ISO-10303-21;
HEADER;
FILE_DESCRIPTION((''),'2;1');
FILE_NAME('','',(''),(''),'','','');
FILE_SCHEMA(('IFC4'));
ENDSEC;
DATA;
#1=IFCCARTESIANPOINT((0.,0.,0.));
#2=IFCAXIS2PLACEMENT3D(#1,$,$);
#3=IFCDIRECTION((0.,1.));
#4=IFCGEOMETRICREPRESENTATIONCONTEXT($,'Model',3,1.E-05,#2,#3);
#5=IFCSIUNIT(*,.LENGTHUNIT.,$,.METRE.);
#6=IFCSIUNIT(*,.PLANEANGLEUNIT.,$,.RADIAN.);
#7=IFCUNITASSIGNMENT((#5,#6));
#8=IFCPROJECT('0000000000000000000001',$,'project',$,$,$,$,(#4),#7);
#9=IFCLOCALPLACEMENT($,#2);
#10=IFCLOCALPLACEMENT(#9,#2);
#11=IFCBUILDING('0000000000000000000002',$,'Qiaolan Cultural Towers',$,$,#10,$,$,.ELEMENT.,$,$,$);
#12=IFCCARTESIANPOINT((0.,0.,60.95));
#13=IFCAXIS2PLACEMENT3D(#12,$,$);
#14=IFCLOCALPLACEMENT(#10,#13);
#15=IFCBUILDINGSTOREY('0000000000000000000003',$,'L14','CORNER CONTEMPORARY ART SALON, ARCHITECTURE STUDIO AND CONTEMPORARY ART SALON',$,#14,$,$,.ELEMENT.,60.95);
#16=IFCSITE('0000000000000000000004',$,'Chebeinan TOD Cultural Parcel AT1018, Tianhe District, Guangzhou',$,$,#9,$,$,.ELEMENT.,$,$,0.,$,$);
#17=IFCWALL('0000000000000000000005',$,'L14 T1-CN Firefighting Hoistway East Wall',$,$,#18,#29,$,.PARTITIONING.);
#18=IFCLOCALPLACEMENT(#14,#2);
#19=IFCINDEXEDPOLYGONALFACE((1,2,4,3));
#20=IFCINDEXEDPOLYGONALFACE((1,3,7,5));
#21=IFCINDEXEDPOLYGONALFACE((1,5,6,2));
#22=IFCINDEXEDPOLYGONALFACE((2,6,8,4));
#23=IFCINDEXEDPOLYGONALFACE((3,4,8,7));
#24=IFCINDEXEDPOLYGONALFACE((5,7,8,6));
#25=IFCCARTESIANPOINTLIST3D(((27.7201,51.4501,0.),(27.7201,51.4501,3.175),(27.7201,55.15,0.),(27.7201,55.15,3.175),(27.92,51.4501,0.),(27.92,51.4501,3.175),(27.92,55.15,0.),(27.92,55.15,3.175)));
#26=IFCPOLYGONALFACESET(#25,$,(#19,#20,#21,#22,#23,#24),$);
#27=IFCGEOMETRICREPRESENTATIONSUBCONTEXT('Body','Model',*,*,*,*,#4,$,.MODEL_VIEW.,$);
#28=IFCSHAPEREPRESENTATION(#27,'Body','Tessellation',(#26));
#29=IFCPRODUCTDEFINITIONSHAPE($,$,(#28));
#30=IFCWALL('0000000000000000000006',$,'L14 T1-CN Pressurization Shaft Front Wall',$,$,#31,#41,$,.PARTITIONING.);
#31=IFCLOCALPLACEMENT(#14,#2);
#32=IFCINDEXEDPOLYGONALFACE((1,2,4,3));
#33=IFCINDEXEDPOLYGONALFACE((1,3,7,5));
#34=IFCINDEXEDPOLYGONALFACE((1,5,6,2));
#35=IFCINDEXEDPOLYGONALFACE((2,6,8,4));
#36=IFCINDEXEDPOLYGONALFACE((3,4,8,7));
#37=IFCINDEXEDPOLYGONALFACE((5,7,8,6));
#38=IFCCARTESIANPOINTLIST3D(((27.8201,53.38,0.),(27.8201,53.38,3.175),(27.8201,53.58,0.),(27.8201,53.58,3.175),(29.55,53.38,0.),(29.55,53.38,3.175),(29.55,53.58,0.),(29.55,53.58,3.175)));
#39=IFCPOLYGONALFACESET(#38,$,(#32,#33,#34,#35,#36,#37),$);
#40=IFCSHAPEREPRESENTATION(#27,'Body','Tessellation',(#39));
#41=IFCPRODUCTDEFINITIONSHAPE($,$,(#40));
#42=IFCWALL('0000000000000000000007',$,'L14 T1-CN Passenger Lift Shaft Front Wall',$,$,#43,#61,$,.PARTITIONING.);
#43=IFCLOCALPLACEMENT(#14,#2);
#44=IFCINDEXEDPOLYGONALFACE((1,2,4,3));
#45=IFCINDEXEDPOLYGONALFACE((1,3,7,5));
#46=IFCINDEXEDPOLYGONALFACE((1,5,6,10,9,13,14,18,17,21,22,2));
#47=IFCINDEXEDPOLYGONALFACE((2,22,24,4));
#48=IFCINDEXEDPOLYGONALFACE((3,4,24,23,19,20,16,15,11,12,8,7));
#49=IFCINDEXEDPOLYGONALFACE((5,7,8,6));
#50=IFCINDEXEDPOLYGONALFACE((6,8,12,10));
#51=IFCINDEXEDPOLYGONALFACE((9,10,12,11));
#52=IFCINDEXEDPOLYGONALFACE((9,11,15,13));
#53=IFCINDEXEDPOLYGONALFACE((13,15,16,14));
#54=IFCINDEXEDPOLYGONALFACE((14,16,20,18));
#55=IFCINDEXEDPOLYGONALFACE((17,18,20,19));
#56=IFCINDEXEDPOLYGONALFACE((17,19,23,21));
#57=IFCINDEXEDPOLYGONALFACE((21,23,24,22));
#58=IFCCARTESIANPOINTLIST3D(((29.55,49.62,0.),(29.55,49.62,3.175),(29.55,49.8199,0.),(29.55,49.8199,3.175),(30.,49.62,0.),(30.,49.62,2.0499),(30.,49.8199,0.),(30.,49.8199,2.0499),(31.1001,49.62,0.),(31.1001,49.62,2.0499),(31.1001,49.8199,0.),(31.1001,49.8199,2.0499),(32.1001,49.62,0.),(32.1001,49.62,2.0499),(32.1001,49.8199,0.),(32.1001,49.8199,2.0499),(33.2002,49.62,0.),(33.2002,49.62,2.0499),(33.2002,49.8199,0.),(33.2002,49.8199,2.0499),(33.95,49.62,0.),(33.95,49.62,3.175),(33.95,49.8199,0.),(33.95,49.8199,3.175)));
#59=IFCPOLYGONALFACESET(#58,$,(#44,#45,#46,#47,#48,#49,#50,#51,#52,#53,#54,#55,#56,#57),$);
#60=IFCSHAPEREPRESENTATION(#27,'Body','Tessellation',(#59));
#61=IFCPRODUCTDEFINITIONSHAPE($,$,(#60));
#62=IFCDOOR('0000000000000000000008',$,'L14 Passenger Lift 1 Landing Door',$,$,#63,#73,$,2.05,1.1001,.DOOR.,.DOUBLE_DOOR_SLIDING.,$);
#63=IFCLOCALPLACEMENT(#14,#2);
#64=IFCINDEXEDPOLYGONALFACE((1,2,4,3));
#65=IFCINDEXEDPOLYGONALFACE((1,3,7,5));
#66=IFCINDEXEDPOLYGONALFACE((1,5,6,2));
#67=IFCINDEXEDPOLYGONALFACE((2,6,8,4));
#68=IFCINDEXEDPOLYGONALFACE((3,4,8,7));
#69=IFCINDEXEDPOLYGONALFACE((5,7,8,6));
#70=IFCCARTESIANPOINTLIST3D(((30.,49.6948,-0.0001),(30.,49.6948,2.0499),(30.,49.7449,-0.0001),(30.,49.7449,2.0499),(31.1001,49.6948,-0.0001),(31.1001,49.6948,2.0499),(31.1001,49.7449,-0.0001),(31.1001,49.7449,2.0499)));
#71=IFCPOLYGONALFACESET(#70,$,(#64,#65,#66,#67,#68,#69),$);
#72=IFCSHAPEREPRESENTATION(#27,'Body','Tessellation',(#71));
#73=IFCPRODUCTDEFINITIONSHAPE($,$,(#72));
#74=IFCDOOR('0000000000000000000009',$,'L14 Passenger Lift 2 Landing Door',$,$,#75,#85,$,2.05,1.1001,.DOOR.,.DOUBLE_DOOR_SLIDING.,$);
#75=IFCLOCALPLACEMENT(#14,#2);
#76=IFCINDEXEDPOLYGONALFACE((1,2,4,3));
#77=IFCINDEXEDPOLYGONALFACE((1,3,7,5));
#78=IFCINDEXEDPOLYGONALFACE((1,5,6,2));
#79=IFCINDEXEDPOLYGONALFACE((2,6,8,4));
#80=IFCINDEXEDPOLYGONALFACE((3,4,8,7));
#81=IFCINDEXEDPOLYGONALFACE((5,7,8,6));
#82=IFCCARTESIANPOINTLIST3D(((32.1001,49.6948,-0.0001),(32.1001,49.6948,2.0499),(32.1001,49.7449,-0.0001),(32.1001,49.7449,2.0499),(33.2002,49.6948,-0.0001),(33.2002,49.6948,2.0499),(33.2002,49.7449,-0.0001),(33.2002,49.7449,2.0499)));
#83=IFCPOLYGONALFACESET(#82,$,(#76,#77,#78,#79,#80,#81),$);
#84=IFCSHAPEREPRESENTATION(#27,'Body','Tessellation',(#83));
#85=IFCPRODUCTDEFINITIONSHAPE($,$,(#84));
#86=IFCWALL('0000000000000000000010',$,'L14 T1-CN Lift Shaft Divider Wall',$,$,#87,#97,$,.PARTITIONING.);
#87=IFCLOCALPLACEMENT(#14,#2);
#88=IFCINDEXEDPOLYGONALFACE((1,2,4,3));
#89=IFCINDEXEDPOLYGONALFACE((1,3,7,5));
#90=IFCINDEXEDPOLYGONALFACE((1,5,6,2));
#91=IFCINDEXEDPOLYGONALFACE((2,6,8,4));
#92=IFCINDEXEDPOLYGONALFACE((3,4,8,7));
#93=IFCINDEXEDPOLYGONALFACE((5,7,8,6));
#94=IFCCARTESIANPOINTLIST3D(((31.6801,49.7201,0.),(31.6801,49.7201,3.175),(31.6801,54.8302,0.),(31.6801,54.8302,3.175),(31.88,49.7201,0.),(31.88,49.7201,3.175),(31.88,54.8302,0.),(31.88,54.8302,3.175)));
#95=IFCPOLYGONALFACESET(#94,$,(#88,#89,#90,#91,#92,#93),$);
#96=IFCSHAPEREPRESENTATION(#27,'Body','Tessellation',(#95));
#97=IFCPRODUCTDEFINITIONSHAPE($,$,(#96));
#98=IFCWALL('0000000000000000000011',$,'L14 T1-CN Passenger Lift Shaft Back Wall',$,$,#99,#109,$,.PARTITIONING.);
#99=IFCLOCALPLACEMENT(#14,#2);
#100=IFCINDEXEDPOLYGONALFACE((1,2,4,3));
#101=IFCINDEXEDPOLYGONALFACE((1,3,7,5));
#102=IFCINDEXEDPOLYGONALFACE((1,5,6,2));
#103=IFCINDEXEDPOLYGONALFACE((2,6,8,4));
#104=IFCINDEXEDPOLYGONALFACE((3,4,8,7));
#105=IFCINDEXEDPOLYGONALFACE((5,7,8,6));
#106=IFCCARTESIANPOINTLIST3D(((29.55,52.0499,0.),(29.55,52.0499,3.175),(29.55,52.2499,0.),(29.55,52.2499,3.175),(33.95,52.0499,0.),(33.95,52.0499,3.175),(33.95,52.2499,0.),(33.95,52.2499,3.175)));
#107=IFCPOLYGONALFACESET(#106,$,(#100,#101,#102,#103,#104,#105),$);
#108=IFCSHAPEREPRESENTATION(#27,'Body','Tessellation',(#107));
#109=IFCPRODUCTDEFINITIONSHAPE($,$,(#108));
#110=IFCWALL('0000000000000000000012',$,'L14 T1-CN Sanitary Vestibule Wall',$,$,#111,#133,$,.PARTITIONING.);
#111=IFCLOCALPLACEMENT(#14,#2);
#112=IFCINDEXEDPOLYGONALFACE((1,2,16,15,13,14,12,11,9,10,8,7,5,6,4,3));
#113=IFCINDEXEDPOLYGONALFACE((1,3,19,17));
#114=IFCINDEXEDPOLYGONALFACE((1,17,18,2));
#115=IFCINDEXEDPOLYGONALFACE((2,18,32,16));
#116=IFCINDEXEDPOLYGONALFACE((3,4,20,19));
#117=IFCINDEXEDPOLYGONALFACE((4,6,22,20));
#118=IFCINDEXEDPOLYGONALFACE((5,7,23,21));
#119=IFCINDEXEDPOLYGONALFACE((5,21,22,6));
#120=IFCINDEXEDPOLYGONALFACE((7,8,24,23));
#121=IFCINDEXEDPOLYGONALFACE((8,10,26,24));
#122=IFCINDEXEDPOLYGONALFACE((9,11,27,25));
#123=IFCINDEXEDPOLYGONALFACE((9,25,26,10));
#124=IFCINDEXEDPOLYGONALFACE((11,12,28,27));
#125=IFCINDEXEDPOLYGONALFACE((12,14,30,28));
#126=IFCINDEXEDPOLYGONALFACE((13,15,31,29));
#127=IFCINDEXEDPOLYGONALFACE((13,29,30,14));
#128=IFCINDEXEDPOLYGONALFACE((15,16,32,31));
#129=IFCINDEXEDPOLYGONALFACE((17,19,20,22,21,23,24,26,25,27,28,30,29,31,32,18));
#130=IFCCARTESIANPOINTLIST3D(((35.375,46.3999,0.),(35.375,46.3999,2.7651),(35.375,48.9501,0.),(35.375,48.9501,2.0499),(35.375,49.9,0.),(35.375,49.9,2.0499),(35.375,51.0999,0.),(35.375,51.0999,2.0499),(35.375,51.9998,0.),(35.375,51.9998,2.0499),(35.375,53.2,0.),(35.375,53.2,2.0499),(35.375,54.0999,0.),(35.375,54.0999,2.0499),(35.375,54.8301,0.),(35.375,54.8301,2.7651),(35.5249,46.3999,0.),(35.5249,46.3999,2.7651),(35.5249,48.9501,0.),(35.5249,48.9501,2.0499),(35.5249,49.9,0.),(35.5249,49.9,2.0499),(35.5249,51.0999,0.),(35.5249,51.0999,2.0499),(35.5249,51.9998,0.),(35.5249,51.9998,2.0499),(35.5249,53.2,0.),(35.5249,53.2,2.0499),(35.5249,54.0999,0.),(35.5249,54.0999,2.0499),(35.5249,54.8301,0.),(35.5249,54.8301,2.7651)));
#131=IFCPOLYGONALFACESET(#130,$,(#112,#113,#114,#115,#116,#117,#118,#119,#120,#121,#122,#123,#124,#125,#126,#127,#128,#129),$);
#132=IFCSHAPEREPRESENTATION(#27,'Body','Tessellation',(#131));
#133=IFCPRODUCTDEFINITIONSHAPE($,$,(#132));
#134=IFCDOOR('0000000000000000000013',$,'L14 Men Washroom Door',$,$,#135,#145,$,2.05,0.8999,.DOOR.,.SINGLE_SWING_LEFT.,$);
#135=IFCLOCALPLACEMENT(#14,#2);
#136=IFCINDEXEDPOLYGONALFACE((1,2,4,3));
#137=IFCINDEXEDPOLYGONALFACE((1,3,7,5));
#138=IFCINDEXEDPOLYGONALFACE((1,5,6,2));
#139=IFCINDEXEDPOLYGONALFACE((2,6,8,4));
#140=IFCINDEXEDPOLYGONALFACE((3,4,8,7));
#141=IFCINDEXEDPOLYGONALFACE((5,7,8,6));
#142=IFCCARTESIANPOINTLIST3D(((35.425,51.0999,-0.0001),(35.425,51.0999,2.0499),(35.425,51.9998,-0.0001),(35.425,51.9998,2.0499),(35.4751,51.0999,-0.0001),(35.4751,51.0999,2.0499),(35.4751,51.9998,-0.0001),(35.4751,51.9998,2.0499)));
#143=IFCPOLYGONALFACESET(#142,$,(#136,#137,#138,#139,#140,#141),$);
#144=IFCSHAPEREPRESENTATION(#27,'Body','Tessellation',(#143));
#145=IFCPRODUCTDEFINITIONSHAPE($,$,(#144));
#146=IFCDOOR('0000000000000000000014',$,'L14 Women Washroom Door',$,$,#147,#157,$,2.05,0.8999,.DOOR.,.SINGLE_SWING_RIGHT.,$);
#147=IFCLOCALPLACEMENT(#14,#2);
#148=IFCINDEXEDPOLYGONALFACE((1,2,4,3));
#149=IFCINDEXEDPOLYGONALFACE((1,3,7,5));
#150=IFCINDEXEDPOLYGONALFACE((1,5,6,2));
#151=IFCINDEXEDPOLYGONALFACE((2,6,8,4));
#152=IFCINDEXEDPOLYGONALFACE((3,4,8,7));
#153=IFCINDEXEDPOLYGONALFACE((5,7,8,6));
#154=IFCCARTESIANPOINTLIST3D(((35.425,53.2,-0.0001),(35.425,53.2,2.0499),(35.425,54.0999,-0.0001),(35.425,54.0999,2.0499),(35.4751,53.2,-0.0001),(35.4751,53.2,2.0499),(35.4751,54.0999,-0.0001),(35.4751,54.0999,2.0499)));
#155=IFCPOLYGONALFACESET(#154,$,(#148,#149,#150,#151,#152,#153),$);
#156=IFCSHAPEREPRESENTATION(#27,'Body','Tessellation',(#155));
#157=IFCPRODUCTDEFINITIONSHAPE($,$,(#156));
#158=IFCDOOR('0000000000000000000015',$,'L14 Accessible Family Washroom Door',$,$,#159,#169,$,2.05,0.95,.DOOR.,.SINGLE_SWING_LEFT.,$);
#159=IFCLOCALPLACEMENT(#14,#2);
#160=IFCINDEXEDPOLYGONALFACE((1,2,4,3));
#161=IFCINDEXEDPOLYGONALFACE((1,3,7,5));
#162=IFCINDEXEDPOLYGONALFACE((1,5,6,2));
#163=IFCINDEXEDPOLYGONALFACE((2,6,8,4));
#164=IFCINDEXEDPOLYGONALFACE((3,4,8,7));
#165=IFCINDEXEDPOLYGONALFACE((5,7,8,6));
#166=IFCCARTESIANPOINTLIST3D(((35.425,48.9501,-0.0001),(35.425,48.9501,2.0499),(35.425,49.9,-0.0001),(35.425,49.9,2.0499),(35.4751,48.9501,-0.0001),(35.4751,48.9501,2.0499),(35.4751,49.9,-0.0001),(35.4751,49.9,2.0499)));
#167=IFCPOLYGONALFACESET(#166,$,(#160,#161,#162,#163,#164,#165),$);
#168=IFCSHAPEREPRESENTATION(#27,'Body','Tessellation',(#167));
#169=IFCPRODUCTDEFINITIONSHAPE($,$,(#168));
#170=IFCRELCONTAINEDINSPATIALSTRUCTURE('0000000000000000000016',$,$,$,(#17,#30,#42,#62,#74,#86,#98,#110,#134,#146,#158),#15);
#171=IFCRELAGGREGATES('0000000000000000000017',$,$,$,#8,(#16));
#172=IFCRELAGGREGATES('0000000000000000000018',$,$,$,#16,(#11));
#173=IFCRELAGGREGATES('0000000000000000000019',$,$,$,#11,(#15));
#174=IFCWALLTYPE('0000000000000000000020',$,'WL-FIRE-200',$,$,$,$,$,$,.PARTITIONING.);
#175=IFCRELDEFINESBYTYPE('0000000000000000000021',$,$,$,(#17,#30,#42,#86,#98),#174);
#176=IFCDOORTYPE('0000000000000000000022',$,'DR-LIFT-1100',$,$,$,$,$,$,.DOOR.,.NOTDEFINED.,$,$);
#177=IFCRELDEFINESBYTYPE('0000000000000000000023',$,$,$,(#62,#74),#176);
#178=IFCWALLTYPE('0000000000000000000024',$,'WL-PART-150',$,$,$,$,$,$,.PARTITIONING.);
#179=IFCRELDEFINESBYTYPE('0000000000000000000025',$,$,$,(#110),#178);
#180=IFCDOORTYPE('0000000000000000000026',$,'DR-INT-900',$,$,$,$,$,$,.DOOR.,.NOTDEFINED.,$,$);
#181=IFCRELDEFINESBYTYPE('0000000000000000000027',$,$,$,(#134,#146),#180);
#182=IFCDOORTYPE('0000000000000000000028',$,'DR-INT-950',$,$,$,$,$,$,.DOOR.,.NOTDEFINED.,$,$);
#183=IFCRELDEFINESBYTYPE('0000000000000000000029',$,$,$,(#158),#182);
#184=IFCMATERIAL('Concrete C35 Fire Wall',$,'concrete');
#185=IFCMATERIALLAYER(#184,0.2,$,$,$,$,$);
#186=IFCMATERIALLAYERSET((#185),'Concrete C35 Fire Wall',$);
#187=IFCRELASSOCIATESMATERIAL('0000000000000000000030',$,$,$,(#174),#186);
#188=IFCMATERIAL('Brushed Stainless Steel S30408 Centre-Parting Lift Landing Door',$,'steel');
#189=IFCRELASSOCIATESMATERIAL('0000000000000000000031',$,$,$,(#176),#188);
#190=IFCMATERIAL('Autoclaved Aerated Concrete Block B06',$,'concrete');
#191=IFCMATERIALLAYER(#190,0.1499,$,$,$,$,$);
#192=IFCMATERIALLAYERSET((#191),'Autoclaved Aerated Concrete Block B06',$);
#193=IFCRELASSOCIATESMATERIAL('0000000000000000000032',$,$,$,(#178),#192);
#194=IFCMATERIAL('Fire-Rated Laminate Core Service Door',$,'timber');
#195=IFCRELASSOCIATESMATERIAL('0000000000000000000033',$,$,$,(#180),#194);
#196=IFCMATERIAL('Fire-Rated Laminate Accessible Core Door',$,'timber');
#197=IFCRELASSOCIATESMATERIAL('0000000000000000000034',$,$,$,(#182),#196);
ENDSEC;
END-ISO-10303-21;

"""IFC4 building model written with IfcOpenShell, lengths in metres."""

from ifc_helpers import new_model, si_unit, direction, frame, frame_2d, origin, place, context, subcontext, project, spatial, rectangle, extrude, material, layer, layer_set, type_object, element, fill, save


model = new_model("IFC4")

# Units and contexts
model_context = context("Model", 3, precision=1e-05, world=origin(), true_north=direction((0.0, 1.0)))
body_context = subcontext(model_context, "Body", "Model", "MODEL_VIEW")
ifc_project = project(units=[si_unit("LENGTHUNIT", "METRE"), si_unit("PLANEANGLEUNIT", "RADIAN")], contexts=[model_context])

# Site, building, storey
site_placement = place(None, origin())
site = spatial("IfcSite", under=ifc_project, at=site_placement, Name="Chebeinan TOD Cultural Parcel AT1018, Tianhe District, Guangzhou", CompositionType="ELEMENT", RefElevation=0.0)
building_placement = place(site_placement, origin())
building = spatial("IfcBuilding", under=site, at=building_placement, Name="Qiaolan Cultural Towers", CompositionType="ELEMENT")
storey_placement = place(building_placement, frame((0.0, 0.0, 60.95)))
storey = spatial("IfcBuildingStorey", under=building, at=storey_placement, Name="L14", Description="CORNER CONTEMPORARY ART SALON, ARCHITECTURE STUDIO AND CONTEMPORARY ART SALON", CompositionType="ELEMENT", Elevation=60.95)

# Shared definitions
ifc_material_1 = material(Name="Concrete C35 Fire Wall", Category="concrete")
ifc_layer_1 = layer(ifc_material_1, 0.2)
ifc_layer_set_1 = layer_set([ifc_layer_1], Name="Concrete C35 Fire Wall")
wall_type_1 = type_object("IfcWallType", Name="WL-FIRE-200", PredefinedType="PARTITIONING", material=ifc_layer_set_1)
ifc_material_2 = material(Name="Brushed Stainless Steel S30408 Centre-Parting Lift Landing Door", Category="steel")
door_type_1 = type_object("IfcDoorType", Name="DR-LIFT-1100", OperationType="NOTDEFINED", PredefinedType="DOOR", material=ifc_material_2)

# Walls
wall_1_placement = place(storey_placement, frame((27.8201, 51.45, 0.0), z_axis=(0.0, 0.0, 1.0), x_axis=(0.0, 1.0, 0.0)))
element("IfcWall", 1, at=wall_1_placement, inside=storey, type_object=wall_type_1, Name="L14 T1-CN Firefighting Hoistway East Wall", PredefinedType="PARTITIONING", context=body_context, shape_type="SweptSolid", body=[
    extrude(rectangle(XDim=3.7, YDim=0.2, at=frame_2d((1.8501, 0.0))), origin(), (0.0, 0.0, 1.0), 3.175),
])
wall_2_placement = place(storey_placement, frame((27.8201, 53.48, 0.0), z_axis=(0.0, 0.0, 1.0), x_axis=(1.0, 0.0, 0.0)))
element("IfcWall", 2, at=wall_2_placement, inside=storey, type_object=wall_type_1, Name="L14 T1-CN Pressurization Shaft Front Wall", PredefinedType="PARTITIONING", context=body_context, shape_type="SweptSolid", body=[
    extrude(rectangle(XDim=1.73, YDim=0.2, at=frame_2d((0.865, 0.0))), origin(), (0.0, 0.0, 1.0), 3.175),
])

# Wall, openings, doors
wall_3_placement = place(storey_placement, frame((29.55, 49.72, 0.0), z_axis=(0.0, 0.0, 1.0), x_axis=(1.0, 0.0, 0.0)))
wall_3 = element("IfcWall", 3, at=wall_3_placement, inside=storey, type_object=wall_type_1, Name="L14 T1-CN Passenger Lift Shaft Front Wall", PredefinedType="PARTITIONING", context=body_context, shape_type="SweptSolid", body=[
    extrude(rectangle(XDim=4.3999, YDim=0.2, at=frame_2d((2.2, 0.0))), origin(), (0.0, 0.0, 1.0), 3.175),
])
opening_1_placement = place(wall_3_placement, frame((0.45, 0.0, 0.0)))
opening_1 = element("IfcOpeningElement", 4, at=opening_1_placement, cuts=wall_3, PredefinedType="OPENING", context=body_context, shape_type="SweptSolid", body=[
    extrude(rectangle(XDim=1.1001, YDim=2.05, at=frame_2d((0.55, 1.0249))), frame((0.0, 0.1099, 0.0), z_axis=(0.0, -1.0, 0.0), x_axis=(1.0, 0.0, 0.0)), (0.0, 0.0, 1.0), 0.22),
])
opening_2_placement = place(wall_3_placement, frame((2.55, 0.0, 0.0)))
opening_2 = element("IfcOpeningElement", 5, at=opening_2_placement, cuts=wall_3, PredefinedType="OPENING", context=body_context, shape_type="SweptSolid", body=[
    extrude(rectangle(XDim=1.1001, YDim=2.05, at=frame_2d((0.55, 1.0249))), frame((0.0, 0.1099, 0.0), z_axis=(0.0, -1.0, 0.0), x_axis=(1.0, 0.0, 0.0)), (0.0, 0.0, 1.0), 0.22),
])
door_1_placement = place(opening_1_placement, origin())
door_1 = element("IfcDoor", 6, at=door_1_placement, inside=storey, type_object=door_type_1, Name="L14 Passenger Lift 1 Landing Door", OperationType="DOUBLE_DOOR_SLIDING", OverallHeight=2.05, OverallWidth=1.1001, PredefinedType="DOOR", context=body_context, shape_type="SweptSolid", body=[
    extrude(rectangle(XDim=1.1001, YDim=2.05, at=frame_2d((0.55, 1.0249))), frame((0.0, 0.0249, 0.0), z_axis=(0.0, -1.0, 0.0), x_axis=(1.0, 0.0, 0.0)), (0.0, 0.0, 1.0), 0.05),
])
fill(opening_1, door_1)
door_2_placement = place(opening_2_placement, origin())
door_2 = element("IfcDoor", 7, at=door_2_placement, inside=storey, type_object=door_type_1, Name="L14 Passenger Lift 2 Landing Door", OperationType="DOUBLE_DOOR_SLIDING", OverallHeight=2.05, OverallWidth=1.1001, PredefinedType="DOOR", context=body_context, shape_type="SweptSolid", body=[
    extrude(rectangle(XDim=1.1001, YDim=2.05, at=frame_2d((0.55, 1.0249))), frame((0.0, 0.0249, 0.0), z_axis=(0.0, -1.0, 0.0), x_axis=(1.0, 0.0, 0.0)), (0.0, 0.0, 1.0), 0.05),
])
fill(opening_2, door_2)

# Walls
wall_4_placement = place(storey_placement, frame((31.78, 49.72, 0.0), z_axis=(0.0, 0.0, 1.0), x_axis=(0.0, 1.0, 0.0)))
element("IfcWall", 8, at=wall_4_placement, inside=storey, type_object=wall_type_1, Name="L14 T1-CN Lift Shaft Divider Wall", PredefinedType="PARTITIONING", context=body_context, shape_type="SweptSolid", body=[
    extrude(rectangle(XDim=5.1101, YDim=0.2, at=frame_2d((2.5552, 0.0))), origin(), (0.0, 0.0, 1.0), 3.175),
])
wall_5_placement = place(storey_placement, frame((29.55, 52.1499, 0.0), z_axis=(0.0, 0.0, 1.0), x_axis=(1.0, 0.0, 0.0)))
element("IfcWall", 9, at=wall_5_placement, inside=storey, type_object=wall_type_1, Name="L14 T1-CN Passenger Lift Shaft Back Wall", PredefinedType="PARTITIONING", context=body_context, shape_type="SweptSolid", body=[
    extrude(rectangle(XDim=4.3999, YDim=0.2, at=frame_2d((2.2, 0.0))), origin(), (0.0, 0.0, 1.0), 3.175),
])

# Wall, openings, doors
ifc_material_3 = material(Name="Autoclaved Aerated Concrete Block B06", Category="concrete")
ifc_layer_2 = layer(ifc_material_3, 0.1499)
ifc_layer_set_2 = layer_set([ifc_layer_2], Name="Autoclaved Aerated Concrete Block B06")
wall_type_2 = type_object("IfcWallType", Name="WL-PART-150", PredefinedType="PARTITIONING", material=ifc_layer_set_2)
wall_6_placement = place(storey_placement, frame((35.45, 46.3999, 0.0), z_axis=(0.0, 0.0, 1.0), x_axis=(0.0, 1.0, 0.0)))
wall_6 = element("IfcWall", 10, at=wall_6_placement, inside=storey, type_object=wall_type_2, Name="L14 T1-CN Sanitary Vestibule Wall", PredefinedType="PARTITIONING", context=body_context, shape_type="SweptSolid", body=[
    extrude(rectangle(XDim=8.4302, YDim=0.1499, at=frame_2d((4.2151, 0.0))), origin(), (0.0, 0.0, 1.0), 2.7651),
])
opening_3_placement = place(wall_6_placement, frame((2.55, 0.0, 0.0)))
opening_3 = element("IfcOpeningElement", 11, at=opening_3_placement, cuts=wall_6, PredefinedType="OPENING", context=body_context, shape_type="SweptSolid", body=[
    extrude(rectangle(XDim=0.95, YDim=2.05, at=frame_2d((0.4751, 1.0249))), frame((0.0, 0.085, 0.0), z_axis=(0.0, -1.0, 0.0), x_axis=(1.0, 0.0, 0.0)), (0.0, 0.0, 1.0), 0.1699),
])
opening_4_placement = place(wall_6_placement, frame((4.7, 0.0, 0.0)))
opening_4 = element("IfcOpeningElement", 12, at=opening_4_placement, cuts=wall_6, PredefinedType="OPENING", context=body_context, shape_type="SweptSolid", body=[
    extrude(rectangle(XDim=0.8999, YDim=2.05, at=frame_2d((0.45, 1.0249))), frame((0.0, 0.085, 0.0), z_axis=(0.0, -1.0, 0.0), x_axis=(1.0, 0.0, 0.0)), (0.0, 0.0, 1.0), 0.1699),
])
opening_5_placement = place(wall_6_placement, frame((6.8, 0.0, 0.0)))
opening_5 = element("IfcOpeningElement", 13, at=opening_5_placement, cuts=wall_6, PredefinedType="OPENING", context=body_context, shape_type="SweptSolid", body=[
    extrude(rectangle(XDim=0.8999, YDim=2.05, at=frame_2d((0.45, 1.0249))), frame((0.0, 0.085, 0.0), z_axis=(0.0, -1.0, 0.0), x_axis=(1.0, 0.0, 0.0)), (0.0, 0.0, 1.0), 0.1699),
])
ifc_material_4 = material(Name="Fire-Rated Laminate Core Service Door", Category="timber")
door_type_2 = type_object("IfcDoorType", Name="DR-INT-900", OperationType="NOTDEFINED", PredefinedType="DOOR", material=ifc_material_4)
door_3_placement = place(opening_4_placement, origin())
door_3 = element("IfcDoor", 14, at=door_3_placement, inside=storey, type_object=door_type_2, Name="L14 Men Washroom Door", OperationType="SINGLE_SWING_LEFT", OverallHeight=2.05, OverallWidth=0.8999, PredefinedType="DOOR", context=body_context, shape_type="SweptSolid", body=[
    extrude(rectangle(XDim=0.8999, YDim=2.05, at=frame_2d((0.45, 1.0249))), frame((0.0, 0.0249, 0.0), z_axis=(0.0, -1.0, 0.0), x_axis=(1.0, 0.0, 0.0)), (0.0, 0.0, 1.0), 0.05),
])
fill(opening_4, door_3)
door_4_placement = place(opening_5_placement, origin())
door_4 = element("IfcDoor", 15, at=door_4_placement, inside=storey, type_object=door_type_2, Name="L14 Women Washroom Door", OperationType="SINGLE_SWING_RIGHT", OverallHeight=2.05, OverallWidth=0.8999, PredefinedType="DOOR", context=body_context, shape_type="SweptSolid", body=[
    extrude(rectangle(XDim=0.8999, YDim=2.05, at=frame_2d((0.45, 1.0249))), frame((0.0, 0.0249, 0.0), z_axis=(0.0, -1.0, 0.0), x_axis=(1.0, 0.0, 0.0)), (0.0, 0.0, 1.0), 0.05),
])
fill(opening_5, door_4)
ifc_material_5 = material(Name="Fire-Rated Laminate Accessible Core Door", Category="timber")
door_type_3 = type_object("IfcDoorType", Name="DR-INT-950", OperationType="NOTDEFINED", PredefinedType="DOOR", material=ifc_material_5)
door_5_placement = place(opening_3_placement, origin())
door_5 = element("IfcDoor", 16, at=door_5_placement, inside=storey, type_object=door_type_3, Name="L14 Accessible Family Washroom Door", OperationType="SINGLE_SWING_LEFT", OverallHeight=2.05, OverallWidth=0.95, PredefinedType="DOOR", context=body_context, shape_type="SweptSolid", body=[
    extrude(rectangle(XDim=0.95, YDim=2.05, at=frame_2d((0.4751, 1.0249))), frame((0.0, 0.0249, 0.0), z_axis=(0.0, -1.0, 0.0), x_axis=(1.0, 0.0, 0.0)), (0.0, 0.0, 1.0), 0.05),
])
fill(opening_3, door_5)

save(model, "model.ifc")
